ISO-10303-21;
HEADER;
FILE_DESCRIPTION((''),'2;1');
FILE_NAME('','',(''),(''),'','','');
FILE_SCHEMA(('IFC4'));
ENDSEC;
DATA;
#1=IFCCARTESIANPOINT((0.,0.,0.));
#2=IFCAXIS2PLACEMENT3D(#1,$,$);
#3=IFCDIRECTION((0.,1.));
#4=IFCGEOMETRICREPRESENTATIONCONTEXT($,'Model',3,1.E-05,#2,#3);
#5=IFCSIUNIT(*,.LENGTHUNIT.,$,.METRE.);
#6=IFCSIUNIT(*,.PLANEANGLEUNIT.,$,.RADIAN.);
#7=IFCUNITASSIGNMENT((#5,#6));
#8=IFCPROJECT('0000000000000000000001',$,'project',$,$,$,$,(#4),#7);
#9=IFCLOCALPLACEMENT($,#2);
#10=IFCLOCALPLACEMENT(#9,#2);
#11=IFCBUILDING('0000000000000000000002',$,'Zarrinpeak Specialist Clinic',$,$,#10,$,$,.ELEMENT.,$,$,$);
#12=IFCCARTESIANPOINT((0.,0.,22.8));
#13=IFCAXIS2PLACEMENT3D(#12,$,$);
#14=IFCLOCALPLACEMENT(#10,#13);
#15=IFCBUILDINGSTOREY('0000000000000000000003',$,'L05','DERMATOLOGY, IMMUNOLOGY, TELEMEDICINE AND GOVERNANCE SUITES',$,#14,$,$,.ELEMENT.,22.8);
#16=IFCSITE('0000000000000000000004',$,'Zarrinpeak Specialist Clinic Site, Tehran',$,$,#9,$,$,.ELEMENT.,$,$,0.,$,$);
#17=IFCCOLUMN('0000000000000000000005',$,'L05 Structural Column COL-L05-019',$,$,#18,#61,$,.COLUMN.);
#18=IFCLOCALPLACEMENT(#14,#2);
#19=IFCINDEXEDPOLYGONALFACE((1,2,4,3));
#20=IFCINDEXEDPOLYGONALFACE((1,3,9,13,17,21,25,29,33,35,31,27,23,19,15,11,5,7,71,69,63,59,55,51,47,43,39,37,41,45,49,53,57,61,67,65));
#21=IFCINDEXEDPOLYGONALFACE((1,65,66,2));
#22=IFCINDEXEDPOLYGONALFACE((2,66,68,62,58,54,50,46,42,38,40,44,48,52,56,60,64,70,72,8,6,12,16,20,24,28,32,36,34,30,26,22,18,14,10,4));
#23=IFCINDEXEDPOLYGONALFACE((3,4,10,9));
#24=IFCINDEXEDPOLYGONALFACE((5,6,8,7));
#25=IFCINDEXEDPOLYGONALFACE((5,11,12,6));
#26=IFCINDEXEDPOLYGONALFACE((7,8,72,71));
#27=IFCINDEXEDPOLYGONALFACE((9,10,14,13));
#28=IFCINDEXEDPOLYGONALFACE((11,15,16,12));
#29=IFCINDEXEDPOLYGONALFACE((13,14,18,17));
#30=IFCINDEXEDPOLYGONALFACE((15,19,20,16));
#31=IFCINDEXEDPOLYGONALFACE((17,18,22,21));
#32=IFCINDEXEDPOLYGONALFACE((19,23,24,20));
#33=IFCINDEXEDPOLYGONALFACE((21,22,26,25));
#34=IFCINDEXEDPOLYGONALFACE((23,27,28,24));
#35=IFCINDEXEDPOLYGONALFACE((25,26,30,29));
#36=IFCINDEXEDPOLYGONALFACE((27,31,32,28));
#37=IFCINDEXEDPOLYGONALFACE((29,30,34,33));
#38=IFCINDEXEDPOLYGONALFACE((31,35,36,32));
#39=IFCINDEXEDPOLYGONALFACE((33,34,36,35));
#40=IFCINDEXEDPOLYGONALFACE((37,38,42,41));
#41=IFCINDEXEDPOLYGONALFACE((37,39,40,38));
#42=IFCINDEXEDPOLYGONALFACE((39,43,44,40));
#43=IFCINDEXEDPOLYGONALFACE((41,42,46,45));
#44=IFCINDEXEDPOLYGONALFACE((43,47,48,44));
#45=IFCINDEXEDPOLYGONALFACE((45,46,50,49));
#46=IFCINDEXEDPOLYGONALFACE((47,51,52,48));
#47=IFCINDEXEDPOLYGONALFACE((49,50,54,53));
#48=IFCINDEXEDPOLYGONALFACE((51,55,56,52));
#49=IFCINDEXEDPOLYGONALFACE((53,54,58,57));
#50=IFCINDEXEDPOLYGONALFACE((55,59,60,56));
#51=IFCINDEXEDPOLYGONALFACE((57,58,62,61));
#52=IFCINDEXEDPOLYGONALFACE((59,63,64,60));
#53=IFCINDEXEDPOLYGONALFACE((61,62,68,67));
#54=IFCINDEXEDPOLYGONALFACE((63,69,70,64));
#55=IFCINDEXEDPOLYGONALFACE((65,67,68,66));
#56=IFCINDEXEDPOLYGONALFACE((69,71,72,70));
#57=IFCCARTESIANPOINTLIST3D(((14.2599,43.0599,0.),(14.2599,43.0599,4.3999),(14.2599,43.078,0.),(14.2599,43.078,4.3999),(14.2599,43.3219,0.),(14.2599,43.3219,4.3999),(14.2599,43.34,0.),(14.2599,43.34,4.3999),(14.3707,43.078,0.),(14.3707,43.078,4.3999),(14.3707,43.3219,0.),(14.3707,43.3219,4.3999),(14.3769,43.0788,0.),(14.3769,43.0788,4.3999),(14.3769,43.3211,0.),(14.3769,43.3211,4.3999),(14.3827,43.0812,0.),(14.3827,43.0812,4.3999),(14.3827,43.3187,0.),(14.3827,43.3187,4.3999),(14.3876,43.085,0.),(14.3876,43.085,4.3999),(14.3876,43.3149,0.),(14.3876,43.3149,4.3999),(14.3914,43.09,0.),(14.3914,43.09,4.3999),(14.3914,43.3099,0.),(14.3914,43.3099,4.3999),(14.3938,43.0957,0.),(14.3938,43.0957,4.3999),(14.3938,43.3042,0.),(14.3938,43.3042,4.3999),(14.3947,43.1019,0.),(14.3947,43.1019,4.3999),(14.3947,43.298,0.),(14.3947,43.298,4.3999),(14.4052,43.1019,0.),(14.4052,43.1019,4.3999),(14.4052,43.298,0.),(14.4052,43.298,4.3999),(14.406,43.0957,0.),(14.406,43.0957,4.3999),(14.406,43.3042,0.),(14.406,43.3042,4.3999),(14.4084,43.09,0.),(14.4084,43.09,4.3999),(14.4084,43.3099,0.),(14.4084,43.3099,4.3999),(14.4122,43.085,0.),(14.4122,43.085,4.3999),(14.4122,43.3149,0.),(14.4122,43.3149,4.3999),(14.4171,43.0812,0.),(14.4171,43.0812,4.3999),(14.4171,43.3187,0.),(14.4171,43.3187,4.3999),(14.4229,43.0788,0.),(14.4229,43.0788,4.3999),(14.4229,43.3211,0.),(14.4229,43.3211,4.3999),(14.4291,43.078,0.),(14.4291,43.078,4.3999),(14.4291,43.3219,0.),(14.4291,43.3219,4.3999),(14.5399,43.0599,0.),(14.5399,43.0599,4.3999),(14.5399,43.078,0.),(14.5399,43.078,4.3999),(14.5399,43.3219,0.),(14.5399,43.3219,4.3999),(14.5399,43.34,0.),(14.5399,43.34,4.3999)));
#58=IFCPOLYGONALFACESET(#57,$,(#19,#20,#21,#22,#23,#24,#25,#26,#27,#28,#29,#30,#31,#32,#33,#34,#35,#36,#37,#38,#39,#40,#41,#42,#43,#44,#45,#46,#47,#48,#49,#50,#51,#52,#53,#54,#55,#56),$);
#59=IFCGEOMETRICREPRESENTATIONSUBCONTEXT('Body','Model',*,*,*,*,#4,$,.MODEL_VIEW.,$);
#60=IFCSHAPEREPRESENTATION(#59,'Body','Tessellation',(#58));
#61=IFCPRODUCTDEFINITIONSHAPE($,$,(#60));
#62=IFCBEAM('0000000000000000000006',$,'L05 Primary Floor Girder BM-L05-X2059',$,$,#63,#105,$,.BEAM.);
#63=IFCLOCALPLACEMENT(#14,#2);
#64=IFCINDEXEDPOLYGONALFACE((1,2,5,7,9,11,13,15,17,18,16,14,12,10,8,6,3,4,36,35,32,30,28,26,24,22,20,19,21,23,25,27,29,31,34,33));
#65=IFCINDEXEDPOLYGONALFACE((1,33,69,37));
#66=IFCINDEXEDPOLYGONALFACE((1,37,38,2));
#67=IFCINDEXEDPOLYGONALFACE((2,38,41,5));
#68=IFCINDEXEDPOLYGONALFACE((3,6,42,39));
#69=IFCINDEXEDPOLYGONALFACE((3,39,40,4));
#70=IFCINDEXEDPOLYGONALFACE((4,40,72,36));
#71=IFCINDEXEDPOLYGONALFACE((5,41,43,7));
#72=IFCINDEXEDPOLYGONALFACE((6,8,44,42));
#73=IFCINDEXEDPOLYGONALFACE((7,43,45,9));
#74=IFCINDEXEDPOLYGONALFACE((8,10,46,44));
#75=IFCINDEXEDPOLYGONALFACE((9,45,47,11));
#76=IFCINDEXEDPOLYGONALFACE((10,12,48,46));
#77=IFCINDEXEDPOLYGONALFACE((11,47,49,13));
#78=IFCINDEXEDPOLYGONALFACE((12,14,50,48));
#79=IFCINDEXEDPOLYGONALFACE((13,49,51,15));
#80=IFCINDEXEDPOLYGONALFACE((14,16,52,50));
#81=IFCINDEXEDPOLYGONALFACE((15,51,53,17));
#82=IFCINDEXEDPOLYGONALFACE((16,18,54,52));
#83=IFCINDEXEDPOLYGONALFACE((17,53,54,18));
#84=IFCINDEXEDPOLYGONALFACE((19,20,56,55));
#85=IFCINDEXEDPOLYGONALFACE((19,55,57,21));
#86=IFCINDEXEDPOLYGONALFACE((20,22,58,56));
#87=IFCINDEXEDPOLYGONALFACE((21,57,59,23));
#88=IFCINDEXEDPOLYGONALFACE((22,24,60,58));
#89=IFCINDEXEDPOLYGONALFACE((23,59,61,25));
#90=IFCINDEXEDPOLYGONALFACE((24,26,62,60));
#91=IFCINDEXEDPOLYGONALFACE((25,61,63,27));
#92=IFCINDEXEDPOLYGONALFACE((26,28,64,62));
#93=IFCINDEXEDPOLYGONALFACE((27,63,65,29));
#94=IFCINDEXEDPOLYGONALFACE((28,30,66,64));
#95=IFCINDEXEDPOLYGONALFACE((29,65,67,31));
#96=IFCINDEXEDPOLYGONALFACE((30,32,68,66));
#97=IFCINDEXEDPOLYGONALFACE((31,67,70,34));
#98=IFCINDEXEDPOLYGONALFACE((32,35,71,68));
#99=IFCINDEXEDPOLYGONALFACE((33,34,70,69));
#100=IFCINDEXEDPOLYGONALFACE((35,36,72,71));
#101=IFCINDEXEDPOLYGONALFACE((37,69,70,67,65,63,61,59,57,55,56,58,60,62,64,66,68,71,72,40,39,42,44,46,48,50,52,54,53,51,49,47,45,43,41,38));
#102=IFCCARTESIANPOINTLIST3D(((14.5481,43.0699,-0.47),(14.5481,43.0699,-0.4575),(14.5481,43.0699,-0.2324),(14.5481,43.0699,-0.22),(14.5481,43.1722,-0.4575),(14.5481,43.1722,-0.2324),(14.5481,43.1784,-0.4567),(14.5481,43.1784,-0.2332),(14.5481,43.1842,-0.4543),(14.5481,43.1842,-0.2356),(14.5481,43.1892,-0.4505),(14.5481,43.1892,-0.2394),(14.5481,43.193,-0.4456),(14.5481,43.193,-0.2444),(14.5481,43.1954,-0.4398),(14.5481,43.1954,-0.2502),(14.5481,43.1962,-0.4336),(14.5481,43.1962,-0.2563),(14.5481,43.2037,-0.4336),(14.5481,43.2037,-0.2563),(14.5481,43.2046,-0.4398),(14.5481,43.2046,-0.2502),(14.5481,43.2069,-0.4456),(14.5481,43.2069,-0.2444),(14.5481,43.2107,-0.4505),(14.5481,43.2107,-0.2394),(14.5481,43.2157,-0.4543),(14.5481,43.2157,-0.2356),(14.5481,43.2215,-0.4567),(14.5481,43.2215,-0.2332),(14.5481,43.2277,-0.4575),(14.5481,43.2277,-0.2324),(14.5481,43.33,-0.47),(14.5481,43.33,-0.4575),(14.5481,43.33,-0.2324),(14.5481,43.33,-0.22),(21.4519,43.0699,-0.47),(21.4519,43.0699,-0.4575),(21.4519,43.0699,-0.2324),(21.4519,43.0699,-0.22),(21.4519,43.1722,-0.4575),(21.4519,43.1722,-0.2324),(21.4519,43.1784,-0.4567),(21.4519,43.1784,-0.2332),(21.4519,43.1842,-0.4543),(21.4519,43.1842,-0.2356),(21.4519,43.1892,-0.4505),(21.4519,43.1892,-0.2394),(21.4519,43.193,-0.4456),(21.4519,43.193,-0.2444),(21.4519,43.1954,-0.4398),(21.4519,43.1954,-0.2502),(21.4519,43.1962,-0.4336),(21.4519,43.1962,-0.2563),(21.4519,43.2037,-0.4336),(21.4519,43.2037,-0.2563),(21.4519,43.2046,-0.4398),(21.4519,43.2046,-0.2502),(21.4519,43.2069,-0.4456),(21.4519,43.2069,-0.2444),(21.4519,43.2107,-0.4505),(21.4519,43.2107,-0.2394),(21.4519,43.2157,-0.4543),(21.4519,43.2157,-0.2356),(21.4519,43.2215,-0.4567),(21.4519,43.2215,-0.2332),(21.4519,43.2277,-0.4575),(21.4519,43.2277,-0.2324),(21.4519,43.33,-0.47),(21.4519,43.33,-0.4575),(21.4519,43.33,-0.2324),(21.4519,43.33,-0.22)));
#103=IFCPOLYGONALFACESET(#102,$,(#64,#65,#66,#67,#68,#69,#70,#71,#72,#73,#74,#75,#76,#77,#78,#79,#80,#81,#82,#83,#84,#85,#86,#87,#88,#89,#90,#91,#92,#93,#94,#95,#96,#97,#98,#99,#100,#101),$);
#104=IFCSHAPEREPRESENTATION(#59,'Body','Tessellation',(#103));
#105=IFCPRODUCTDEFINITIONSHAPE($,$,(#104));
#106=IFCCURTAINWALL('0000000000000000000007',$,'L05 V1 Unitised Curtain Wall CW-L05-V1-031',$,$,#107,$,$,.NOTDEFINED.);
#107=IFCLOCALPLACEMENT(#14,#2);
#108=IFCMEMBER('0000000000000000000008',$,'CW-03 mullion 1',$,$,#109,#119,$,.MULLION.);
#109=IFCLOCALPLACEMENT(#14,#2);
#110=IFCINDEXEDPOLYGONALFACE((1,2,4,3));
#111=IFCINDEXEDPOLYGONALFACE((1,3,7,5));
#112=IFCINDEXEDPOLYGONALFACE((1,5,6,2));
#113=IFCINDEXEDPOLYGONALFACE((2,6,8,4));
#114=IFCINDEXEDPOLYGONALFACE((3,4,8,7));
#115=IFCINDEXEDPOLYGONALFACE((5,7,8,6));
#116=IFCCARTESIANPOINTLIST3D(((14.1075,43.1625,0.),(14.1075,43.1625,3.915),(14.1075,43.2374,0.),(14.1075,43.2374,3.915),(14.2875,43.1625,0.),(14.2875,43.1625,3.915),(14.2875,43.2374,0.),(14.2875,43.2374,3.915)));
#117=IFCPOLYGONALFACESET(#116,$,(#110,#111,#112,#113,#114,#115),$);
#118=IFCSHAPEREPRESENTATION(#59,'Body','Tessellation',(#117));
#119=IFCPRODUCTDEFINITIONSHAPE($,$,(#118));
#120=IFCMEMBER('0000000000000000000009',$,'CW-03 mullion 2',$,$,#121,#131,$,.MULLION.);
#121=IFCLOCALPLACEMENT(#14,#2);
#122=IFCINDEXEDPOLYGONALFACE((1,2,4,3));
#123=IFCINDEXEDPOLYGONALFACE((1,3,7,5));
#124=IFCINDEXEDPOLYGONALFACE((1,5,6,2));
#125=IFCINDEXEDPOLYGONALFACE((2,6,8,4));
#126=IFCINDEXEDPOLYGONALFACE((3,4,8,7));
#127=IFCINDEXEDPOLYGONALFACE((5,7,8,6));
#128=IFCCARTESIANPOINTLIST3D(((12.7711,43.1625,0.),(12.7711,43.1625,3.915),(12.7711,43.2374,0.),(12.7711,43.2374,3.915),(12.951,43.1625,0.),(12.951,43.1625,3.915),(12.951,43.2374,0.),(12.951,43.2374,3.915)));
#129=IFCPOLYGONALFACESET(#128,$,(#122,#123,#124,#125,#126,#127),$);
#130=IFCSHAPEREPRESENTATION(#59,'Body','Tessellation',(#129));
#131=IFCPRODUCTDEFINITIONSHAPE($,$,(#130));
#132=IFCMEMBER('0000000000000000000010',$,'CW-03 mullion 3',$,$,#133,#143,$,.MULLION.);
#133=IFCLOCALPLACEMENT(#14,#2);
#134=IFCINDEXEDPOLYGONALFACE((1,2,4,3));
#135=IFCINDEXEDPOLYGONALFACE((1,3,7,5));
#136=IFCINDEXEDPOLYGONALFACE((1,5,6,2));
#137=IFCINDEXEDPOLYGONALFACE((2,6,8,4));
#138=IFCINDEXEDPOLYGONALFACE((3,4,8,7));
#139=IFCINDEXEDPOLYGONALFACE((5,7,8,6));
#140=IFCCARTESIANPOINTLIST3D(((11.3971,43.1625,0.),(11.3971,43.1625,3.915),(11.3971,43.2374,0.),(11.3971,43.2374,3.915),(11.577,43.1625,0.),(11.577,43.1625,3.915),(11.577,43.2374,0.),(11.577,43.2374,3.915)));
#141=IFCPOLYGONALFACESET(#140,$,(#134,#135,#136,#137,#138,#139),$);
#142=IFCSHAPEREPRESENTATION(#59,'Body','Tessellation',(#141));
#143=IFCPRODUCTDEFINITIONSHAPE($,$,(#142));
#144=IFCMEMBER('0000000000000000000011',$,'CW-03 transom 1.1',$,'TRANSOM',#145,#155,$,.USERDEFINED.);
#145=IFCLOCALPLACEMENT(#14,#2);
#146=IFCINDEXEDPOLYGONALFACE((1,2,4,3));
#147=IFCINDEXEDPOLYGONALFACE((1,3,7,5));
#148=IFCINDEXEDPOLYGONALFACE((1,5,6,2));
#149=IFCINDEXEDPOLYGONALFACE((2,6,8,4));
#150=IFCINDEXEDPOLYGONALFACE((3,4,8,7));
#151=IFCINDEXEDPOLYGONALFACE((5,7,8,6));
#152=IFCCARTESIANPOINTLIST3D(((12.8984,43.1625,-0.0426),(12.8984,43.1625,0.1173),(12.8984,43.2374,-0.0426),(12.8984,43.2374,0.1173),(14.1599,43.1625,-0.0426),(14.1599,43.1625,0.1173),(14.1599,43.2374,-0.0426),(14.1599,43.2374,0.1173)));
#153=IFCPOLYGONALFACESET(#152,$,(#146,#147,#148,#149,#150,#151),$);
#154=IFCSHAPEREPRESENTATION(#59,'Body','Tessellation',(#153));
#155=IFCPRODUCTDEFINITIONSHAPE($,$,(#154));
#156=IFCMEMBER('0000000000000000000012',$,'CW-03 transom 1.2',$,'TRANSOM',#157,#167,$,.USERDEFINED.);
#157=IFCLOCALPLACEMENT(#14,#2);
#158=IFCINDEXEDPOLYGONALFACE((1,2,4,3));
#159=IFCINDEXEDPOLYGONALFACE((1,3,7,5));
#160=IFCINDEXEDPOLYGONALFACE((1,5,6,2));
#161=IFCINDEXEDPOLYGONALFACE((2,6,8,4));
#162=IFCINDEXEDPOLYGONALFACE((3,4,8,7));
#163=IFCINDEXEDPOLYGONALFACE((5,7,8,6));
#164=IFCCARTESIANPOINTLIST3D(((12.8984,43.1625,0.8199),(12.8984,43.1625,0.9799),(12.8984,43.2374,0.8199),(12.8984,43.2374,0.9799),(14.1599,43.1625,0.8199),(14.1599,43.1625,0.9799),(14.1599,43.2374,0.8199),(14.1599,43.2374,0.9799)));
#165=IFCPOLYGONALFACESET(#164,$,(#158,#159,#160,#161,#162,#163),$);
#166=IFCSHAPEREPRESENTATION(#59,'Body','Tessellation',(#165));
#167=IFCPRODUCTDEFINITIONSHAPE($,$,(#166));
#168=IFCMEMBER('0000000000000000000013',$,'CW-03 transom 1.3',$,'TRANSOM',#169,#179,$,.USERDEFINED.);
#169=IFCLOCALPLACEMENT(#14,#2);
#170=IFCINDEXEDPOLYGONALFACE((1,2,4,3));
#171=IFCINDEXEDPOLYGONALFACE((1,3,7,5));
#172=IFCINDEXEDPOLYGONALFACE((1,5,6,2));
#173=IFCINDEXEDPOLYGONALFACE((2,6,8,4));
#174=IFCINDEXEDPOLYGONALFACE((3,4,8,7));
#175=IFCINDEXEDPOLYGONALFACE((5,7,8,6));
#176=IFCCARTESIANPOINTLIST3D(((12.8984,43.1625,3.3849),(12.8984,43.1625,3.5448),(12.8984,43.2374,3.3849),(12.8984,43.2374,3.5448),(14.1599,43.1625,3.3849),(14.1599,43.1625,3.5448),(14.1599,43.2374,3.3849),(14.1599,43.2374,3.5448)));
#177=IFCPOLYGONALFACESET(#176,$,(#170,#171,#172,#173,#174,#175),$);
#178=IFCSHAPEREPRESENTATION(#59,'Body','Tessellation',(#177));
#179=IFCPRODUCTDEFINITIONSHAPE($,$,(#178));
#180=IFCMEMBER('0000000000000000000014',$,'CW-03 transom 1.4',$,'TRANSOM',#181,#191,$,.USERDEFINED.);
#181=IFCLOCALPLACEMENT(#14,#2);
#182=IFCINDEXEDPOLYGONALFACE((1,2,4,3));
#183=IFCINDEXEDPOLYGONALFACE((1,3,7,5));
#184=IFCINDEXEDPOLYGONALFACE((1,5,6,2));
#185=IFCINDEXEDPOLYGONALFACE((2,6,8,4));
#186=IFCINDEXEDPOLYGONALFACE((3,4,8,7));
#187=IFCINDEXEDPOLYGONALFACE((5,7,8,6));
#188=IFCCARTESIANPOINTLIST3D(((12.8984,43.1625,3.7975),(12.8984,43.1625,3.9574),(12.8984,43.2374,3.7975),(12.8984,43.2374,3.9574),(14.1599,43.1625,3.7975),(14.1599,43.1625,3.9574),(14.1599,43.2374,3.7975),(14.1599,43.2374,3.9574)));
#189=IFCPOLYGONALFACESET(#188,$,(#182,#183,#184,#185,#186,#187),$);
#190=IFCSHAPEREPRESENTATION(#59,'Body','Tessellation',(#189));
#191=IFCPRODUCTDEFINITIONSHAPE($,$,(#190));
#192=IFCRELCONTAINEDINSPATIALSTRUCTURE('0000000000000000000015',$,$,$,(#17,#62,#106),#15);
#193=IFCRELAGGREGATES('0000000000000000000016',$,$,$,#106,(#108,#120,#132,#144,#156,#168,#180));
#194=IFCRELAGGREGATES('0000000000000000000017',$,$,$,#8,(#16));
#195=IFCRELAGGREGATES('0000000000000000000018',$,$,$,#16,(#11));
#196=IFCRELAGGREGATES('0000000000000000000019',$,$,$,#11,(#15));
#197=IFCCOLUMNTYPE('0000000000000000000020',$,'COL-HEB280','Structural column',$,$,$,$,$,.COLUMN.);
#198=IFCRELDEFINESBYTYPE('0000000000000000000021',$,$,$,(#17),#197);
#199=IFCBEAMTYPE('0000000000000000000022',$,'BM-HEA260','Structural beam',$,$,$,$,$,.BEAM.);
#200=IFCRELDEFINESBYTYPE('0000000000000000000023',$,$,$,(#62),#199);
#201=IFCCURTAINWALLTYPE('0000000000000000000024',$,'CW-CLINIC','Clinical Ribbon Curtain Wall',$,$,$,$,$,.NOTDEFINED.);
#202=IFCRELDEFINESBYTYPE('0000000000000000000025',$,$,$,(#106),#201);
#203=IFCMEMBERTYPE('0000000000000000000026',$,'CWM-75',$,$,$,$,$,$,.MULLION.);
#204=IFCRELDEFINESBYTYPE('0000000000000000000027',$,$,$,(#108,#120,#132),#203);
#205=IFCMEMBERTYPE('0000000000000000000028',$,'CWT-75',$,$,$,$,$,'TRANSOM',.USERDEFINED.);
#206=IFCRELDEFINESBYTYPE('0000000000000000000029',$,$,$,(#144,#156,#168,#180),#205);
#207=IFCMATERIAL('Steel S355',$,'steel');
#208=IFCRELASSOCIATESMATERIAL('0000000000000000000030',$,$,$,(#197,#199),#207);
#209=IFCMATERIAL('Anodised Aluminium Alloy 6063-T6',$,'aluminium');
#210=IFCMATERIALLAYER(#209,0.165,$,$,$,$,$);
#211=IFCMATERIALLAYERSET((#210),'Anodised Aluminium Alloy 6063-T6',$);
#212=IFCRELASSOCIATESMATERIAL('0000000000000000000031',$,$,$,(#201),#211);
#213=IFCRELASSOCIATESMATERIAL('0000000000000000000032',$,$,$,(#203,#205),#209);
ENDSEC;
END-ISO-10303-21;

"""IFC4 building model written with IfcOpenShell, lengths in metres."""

from ifc_helpers import new_model, si_unit, direction, frame, origin, origin_2d, place, context, subcontext, project, spatial, rectangle, i_section, extrude, material, layer, layer_set, material_profile, profile_set, type_object, element, aggregate, save


model = new_model("IFC4")

# Units and contexts
model_context = context("Model", 3, precision=1e-05, world=origin(), true_north=direction((0.0, 1.0)))
body_context = subcontext(model_context, "Body", "Model", "MODEL_VIEW")
ifc_project = project(units=[si_unit("LENGTHUNIT", "METRE"), si_unit("PLANEANGLEUNIT", "RADIAN")], contexts=[model_context])

# Site, building, storey
site_placement = place(None, origin())
site = spatial("IfcSite", under=ifc_project, at=site_placement, Name="Zarrinpeak Specialist Clinic Site, Tehran", CompositionType="ELEMENT", RefElevation=0.0)
building_placement = place(site_placement, origin())
building = spatial("IfcBuilding", under=site, at=building_placement, Name="Zarrinpeak Specialist Clinic", CompositionType="ELEMENT")
storey_placement = place(building_placement, frame((0.0, 0.0, 22.8)))
storey = spatial("IfcBuildingStorey", under=building, at=storey_placement, Name="L05", Description="DERMATOLOGY, IMMUNOLOGY, TELEMEDICINE AND GOVERNANCE SUITES", CompositionType="ELEMENT", Elevation=22.8)

# Column
ifc_material_1 = material(Name="Steel S355", Category="steel")
ifc_material_profile_1 = material_profile(ifc_material_1, i_section(OverallWidth=0.28, OverallDepth=0.28, WebThickness=0.0105, FlangeThickness=0.0181, FilletRadius=0.0239, at=origin_2d()), Name="HEB 280")
ifc_profile_set_1 = profile_set([ifc_material_profile_1], Name="Steel S355")
column_type = type_object("IfcColumnType", Name="COL-HEB280", Description="Structural column", PredefinedType="COLUMN", material=ifc_profile_set_1)
column_placement = place(storey_placement, frame((14.3999, 43.2, 0.0), z_axis=(0.0, 0.0, 1.0), x_axis=(1.0, 0.0, 0.0)))
element("IfcColumn", 1, at=column_placement, inside=storey, type_object=column_type, Name="L05 Structural Column COL-L05-019", PredefinedType="COLUMN", context=body_context, shape_type="SweptSolid", body=[
    extrude(i_section(OverallWidth=0.28, OverallDepth=0.28, WebThickness=0.0105, FlangeThickness=0.0181, FilletRadius=0.0239, at=origin_2d()), origin(), (0.0, 0.0, 1.0), 4.3999),
])

# Beam
ifc_material_profile_2 = material_profile(ifc_material_1, i_section(OverallWidth=0.26, OverallDepth=0.25, WebThickness=0.0076, FlangeThickness=0.0125, FilletRadius=0.0239, at=origin_2d()), Name="HEA 260")
ifc_profile_set_2 = profile_set([ifc_material_profile_2], Name="Steel S355")
beam_type = type_object("IfcBeamType", Name="BM-HEA260", Description="Structural beam", PredefinedType="BEAM", material=ifc_profile_set_2)
beam_placement = place(storey_placement, frame((14.5481, 43.2, -0.345), z_axis=(1.0, 0.0, 0.0), x_axis=(0.0, 1.0, 0.0)))
element("IfcBeam", 2, at=beam_placement, inside=storey, type_object=beam_type, Name="L05 Primary Floor Girder BM-L05-X2059", PredefinedType="BEAM", context=body_context, shape_type="SweptSolid", body=[
    extrude(i_section(OverallWidth=0.26, OverallDepth=0.25, WebThickness=0.0076, FlangeThickness=0.0125, FilletRadius=0.0239, at=origin_2d()), origin(), (0.0, 0.0, 1.0), 6.9038),
])

# Curtain wall, members
ifc_material_2 = material(Name="Anodised Aluminium Alloy 6063-T6", Category="aluminium")
ifc_layer_1 = layer(ifc_material_2, 0.165)
ifc_layer_set_1 = layer_set([ifc_layer_1], Name="Anodised Aluminium Alloy 6063-T6")
curtain_wall_type = type_object("IfcCurtainWallType", Name="CW-CLINIC", Description="Clinical Ribbon Curtain Wall", PredefinedType="NOTDEFINED", material=ifc_layer_set_1)
curtain_wall_placement = place(storey_placement, origin())
curtain_wall = element("IfcCurtainWall", 3, at=curtain_wall_placement, inside=storey, type_object=curtain_wall_type, Name="L05 V1 Unitised Curtain Wall CW-L05-V1-031", PredefinedType="NOTDEFINED")
ifc_material_profile_3 = material_profile(ifc_material_2, rectangle(XDim=0.075, YDim=0.1799, at=origin_2d()), Name="ALU 75x180")
ifc_profile_set_3 = profile_set([ifc_material_profile_3], Name="Anodised Aluminium Alloy 6063-T6")
member_type_1 = type_object("IfcMemberType", Name="CWM-75", PredefinedType="MULLION", material=ifc_profile_set_3)
member_1_placement = place(storey_placement, frame((14.1975, 43.2, 0.0), z_axis=(0.0, 0.0, 1.0), x_axis=(0.0, -1.0, 0.0)))
member_1 = element("IfcMember", 4, at=member_1_placement, type_object=member_type_1, Name="CW-03 mullion 1", PredefinedType="MULLION", context=body_context, shape_type="SweptSolid", body=[
    extrude(rectangle(XDim=0.075, YDim=0.1799, at=origin_2d()), origin(), (0.0, 0.0, 1.0), 3.915),
])
member_2_placement = place(storey_placement, frame((12.8611, 43.2, 0.0), z_axis=(0.0, 0.0, 1.0), x_axis=(0.0, -1.0, 0.0)))
member_2 = element("IfcMember", 5, at=member_2_placement, type_object=member_type_1, Name="CW-03 mullion 2", PredefinedType="MULLION", context=body_context, shape_type="SweptSolid", body=[
    extrude(rectangle(XDim=0.075, YDim=0.1799, at=origin_2d()), origin(), (0.0, 0.0, 1.0), 3.915),
])
member_3_placement = place(storey_placement, frame((11.4871, 43.2, 0.0), z_axis=(0.0, 0.0, 1.0), x_axis=(0.0, -1.0, 0.0)))
member_3 = element("IfcMember", 6, at=member_3_placement, type_object=member_type_1, Name="CW-03 mullion 3", PredefinedType="MULLION", context=body_context, shape_type="SweptSolid", body=[
    extrude(rectangle(XDim=0.075, YDim=0.1799, at=origin_2d()), origin(), (0.0, 0.0, 1.0), 3.915),
])
ifc_material_profile_4 = material_profile(ifc_material_2, rectangle(XDim=0.075, YDim=0.1599, at=origin_2d()), Name="ALU 75x160")
ifc_profile_set_4 = profile_set([ifc_material_profile_4], Name="Anodised Aluminium Alloy 6063-T6")
member_type_2 = type_object("IfcMemberType", Name="CWT-75", ElementType="TRANSOM", PredefinedType="USERDEFINED", material=ifc_profile_set_4)
member_4_placement = place(storey_placement, frame((14.1599, 43.2, 0.0374), z_axis=(-1.0, 0.0, 0.0), x_axis=(0.0, -1.0, 0.0)))
member_4 = element("IfcMember", 7, at=member_4_placement, type_object=member_type_2, Name="CW-03 transom 1.1", ObjectType="TRANSOM", PredefinedType="USERDEFINED", context=body_context, shape_type="SweptSolid", body=[
    extrude(rectangle(XDim=0.075, YDim=0.1599, at=origin_2d()), origin(), (0.0, 0.0, 1.0), 1.2615),
])
member_5_placement = place(storey_placement, frame((14.1599, 43.2, 0.8999), z_axis=(-1.0, 0.0, 0.0), x_axis=(0.0, -1.0, 0.0)))
member_5 = element("IfcMember", 8, at=member_5_placement, type_object=member_type_2, Name="CW-03 transom 1.2", ObjectType="TRANSOM", PredefinedType="USERDEFINED", context=body_context, shape_type="SweptSolid", body=[
    extrude(rectangle(XDim=0.075, YDim=0.1599, at=origin_2d()), origin(), (0.0, 0.0, 1.0), 1.2615),
])
member_6_placement = place(storey_placement, frame((14.1599, 43.2, 3.4648), z_axis=(-1.0, 0.0, 0.0), x_axis=(0.0, -1.0, 0.0)))
member_6 = element("IfcMember", 9, at=member_6_placement, type_object=member_type_2, Name="CW-03 transom 1.3", ObjectType="TRANSOM", PredefinedType="USERDEFINED", context=body_context, shape_type="SweptSolid", body=[
    extrude(rectangle(XDim=0.075, YDim=0.1599, at=origin_2d()), origin(), (0.0, 0.0, 1.0), 1.2615),
])
member_7_placement = place(storey_placement, frame((14.1599, 43.2, 3.8774), z_axis=(-1.0, 0.0, 0.0), x_axis=(0.0, -1.0, 0.0)))
member_7 = element("IfcMember", 10, at=member_7_placement, type_object=member_type_2, Name="CW-03 transom 1.4", ObjectType="TRANSOM", PredefinedType="USERDEFINED", context=body_context, shape_type="SweptSolid", body=[
    extrude(rectangle(XDim=0.075, YDim=0.1599, at=origin_2d()), origin(), (0.0, 0.0, 1.0), 1.2615),
])
aggregate(curtain_wall, [member_1, member_2, member_3, member_4, member_5, member_6, member_7])

save(model, "model.ifc")
